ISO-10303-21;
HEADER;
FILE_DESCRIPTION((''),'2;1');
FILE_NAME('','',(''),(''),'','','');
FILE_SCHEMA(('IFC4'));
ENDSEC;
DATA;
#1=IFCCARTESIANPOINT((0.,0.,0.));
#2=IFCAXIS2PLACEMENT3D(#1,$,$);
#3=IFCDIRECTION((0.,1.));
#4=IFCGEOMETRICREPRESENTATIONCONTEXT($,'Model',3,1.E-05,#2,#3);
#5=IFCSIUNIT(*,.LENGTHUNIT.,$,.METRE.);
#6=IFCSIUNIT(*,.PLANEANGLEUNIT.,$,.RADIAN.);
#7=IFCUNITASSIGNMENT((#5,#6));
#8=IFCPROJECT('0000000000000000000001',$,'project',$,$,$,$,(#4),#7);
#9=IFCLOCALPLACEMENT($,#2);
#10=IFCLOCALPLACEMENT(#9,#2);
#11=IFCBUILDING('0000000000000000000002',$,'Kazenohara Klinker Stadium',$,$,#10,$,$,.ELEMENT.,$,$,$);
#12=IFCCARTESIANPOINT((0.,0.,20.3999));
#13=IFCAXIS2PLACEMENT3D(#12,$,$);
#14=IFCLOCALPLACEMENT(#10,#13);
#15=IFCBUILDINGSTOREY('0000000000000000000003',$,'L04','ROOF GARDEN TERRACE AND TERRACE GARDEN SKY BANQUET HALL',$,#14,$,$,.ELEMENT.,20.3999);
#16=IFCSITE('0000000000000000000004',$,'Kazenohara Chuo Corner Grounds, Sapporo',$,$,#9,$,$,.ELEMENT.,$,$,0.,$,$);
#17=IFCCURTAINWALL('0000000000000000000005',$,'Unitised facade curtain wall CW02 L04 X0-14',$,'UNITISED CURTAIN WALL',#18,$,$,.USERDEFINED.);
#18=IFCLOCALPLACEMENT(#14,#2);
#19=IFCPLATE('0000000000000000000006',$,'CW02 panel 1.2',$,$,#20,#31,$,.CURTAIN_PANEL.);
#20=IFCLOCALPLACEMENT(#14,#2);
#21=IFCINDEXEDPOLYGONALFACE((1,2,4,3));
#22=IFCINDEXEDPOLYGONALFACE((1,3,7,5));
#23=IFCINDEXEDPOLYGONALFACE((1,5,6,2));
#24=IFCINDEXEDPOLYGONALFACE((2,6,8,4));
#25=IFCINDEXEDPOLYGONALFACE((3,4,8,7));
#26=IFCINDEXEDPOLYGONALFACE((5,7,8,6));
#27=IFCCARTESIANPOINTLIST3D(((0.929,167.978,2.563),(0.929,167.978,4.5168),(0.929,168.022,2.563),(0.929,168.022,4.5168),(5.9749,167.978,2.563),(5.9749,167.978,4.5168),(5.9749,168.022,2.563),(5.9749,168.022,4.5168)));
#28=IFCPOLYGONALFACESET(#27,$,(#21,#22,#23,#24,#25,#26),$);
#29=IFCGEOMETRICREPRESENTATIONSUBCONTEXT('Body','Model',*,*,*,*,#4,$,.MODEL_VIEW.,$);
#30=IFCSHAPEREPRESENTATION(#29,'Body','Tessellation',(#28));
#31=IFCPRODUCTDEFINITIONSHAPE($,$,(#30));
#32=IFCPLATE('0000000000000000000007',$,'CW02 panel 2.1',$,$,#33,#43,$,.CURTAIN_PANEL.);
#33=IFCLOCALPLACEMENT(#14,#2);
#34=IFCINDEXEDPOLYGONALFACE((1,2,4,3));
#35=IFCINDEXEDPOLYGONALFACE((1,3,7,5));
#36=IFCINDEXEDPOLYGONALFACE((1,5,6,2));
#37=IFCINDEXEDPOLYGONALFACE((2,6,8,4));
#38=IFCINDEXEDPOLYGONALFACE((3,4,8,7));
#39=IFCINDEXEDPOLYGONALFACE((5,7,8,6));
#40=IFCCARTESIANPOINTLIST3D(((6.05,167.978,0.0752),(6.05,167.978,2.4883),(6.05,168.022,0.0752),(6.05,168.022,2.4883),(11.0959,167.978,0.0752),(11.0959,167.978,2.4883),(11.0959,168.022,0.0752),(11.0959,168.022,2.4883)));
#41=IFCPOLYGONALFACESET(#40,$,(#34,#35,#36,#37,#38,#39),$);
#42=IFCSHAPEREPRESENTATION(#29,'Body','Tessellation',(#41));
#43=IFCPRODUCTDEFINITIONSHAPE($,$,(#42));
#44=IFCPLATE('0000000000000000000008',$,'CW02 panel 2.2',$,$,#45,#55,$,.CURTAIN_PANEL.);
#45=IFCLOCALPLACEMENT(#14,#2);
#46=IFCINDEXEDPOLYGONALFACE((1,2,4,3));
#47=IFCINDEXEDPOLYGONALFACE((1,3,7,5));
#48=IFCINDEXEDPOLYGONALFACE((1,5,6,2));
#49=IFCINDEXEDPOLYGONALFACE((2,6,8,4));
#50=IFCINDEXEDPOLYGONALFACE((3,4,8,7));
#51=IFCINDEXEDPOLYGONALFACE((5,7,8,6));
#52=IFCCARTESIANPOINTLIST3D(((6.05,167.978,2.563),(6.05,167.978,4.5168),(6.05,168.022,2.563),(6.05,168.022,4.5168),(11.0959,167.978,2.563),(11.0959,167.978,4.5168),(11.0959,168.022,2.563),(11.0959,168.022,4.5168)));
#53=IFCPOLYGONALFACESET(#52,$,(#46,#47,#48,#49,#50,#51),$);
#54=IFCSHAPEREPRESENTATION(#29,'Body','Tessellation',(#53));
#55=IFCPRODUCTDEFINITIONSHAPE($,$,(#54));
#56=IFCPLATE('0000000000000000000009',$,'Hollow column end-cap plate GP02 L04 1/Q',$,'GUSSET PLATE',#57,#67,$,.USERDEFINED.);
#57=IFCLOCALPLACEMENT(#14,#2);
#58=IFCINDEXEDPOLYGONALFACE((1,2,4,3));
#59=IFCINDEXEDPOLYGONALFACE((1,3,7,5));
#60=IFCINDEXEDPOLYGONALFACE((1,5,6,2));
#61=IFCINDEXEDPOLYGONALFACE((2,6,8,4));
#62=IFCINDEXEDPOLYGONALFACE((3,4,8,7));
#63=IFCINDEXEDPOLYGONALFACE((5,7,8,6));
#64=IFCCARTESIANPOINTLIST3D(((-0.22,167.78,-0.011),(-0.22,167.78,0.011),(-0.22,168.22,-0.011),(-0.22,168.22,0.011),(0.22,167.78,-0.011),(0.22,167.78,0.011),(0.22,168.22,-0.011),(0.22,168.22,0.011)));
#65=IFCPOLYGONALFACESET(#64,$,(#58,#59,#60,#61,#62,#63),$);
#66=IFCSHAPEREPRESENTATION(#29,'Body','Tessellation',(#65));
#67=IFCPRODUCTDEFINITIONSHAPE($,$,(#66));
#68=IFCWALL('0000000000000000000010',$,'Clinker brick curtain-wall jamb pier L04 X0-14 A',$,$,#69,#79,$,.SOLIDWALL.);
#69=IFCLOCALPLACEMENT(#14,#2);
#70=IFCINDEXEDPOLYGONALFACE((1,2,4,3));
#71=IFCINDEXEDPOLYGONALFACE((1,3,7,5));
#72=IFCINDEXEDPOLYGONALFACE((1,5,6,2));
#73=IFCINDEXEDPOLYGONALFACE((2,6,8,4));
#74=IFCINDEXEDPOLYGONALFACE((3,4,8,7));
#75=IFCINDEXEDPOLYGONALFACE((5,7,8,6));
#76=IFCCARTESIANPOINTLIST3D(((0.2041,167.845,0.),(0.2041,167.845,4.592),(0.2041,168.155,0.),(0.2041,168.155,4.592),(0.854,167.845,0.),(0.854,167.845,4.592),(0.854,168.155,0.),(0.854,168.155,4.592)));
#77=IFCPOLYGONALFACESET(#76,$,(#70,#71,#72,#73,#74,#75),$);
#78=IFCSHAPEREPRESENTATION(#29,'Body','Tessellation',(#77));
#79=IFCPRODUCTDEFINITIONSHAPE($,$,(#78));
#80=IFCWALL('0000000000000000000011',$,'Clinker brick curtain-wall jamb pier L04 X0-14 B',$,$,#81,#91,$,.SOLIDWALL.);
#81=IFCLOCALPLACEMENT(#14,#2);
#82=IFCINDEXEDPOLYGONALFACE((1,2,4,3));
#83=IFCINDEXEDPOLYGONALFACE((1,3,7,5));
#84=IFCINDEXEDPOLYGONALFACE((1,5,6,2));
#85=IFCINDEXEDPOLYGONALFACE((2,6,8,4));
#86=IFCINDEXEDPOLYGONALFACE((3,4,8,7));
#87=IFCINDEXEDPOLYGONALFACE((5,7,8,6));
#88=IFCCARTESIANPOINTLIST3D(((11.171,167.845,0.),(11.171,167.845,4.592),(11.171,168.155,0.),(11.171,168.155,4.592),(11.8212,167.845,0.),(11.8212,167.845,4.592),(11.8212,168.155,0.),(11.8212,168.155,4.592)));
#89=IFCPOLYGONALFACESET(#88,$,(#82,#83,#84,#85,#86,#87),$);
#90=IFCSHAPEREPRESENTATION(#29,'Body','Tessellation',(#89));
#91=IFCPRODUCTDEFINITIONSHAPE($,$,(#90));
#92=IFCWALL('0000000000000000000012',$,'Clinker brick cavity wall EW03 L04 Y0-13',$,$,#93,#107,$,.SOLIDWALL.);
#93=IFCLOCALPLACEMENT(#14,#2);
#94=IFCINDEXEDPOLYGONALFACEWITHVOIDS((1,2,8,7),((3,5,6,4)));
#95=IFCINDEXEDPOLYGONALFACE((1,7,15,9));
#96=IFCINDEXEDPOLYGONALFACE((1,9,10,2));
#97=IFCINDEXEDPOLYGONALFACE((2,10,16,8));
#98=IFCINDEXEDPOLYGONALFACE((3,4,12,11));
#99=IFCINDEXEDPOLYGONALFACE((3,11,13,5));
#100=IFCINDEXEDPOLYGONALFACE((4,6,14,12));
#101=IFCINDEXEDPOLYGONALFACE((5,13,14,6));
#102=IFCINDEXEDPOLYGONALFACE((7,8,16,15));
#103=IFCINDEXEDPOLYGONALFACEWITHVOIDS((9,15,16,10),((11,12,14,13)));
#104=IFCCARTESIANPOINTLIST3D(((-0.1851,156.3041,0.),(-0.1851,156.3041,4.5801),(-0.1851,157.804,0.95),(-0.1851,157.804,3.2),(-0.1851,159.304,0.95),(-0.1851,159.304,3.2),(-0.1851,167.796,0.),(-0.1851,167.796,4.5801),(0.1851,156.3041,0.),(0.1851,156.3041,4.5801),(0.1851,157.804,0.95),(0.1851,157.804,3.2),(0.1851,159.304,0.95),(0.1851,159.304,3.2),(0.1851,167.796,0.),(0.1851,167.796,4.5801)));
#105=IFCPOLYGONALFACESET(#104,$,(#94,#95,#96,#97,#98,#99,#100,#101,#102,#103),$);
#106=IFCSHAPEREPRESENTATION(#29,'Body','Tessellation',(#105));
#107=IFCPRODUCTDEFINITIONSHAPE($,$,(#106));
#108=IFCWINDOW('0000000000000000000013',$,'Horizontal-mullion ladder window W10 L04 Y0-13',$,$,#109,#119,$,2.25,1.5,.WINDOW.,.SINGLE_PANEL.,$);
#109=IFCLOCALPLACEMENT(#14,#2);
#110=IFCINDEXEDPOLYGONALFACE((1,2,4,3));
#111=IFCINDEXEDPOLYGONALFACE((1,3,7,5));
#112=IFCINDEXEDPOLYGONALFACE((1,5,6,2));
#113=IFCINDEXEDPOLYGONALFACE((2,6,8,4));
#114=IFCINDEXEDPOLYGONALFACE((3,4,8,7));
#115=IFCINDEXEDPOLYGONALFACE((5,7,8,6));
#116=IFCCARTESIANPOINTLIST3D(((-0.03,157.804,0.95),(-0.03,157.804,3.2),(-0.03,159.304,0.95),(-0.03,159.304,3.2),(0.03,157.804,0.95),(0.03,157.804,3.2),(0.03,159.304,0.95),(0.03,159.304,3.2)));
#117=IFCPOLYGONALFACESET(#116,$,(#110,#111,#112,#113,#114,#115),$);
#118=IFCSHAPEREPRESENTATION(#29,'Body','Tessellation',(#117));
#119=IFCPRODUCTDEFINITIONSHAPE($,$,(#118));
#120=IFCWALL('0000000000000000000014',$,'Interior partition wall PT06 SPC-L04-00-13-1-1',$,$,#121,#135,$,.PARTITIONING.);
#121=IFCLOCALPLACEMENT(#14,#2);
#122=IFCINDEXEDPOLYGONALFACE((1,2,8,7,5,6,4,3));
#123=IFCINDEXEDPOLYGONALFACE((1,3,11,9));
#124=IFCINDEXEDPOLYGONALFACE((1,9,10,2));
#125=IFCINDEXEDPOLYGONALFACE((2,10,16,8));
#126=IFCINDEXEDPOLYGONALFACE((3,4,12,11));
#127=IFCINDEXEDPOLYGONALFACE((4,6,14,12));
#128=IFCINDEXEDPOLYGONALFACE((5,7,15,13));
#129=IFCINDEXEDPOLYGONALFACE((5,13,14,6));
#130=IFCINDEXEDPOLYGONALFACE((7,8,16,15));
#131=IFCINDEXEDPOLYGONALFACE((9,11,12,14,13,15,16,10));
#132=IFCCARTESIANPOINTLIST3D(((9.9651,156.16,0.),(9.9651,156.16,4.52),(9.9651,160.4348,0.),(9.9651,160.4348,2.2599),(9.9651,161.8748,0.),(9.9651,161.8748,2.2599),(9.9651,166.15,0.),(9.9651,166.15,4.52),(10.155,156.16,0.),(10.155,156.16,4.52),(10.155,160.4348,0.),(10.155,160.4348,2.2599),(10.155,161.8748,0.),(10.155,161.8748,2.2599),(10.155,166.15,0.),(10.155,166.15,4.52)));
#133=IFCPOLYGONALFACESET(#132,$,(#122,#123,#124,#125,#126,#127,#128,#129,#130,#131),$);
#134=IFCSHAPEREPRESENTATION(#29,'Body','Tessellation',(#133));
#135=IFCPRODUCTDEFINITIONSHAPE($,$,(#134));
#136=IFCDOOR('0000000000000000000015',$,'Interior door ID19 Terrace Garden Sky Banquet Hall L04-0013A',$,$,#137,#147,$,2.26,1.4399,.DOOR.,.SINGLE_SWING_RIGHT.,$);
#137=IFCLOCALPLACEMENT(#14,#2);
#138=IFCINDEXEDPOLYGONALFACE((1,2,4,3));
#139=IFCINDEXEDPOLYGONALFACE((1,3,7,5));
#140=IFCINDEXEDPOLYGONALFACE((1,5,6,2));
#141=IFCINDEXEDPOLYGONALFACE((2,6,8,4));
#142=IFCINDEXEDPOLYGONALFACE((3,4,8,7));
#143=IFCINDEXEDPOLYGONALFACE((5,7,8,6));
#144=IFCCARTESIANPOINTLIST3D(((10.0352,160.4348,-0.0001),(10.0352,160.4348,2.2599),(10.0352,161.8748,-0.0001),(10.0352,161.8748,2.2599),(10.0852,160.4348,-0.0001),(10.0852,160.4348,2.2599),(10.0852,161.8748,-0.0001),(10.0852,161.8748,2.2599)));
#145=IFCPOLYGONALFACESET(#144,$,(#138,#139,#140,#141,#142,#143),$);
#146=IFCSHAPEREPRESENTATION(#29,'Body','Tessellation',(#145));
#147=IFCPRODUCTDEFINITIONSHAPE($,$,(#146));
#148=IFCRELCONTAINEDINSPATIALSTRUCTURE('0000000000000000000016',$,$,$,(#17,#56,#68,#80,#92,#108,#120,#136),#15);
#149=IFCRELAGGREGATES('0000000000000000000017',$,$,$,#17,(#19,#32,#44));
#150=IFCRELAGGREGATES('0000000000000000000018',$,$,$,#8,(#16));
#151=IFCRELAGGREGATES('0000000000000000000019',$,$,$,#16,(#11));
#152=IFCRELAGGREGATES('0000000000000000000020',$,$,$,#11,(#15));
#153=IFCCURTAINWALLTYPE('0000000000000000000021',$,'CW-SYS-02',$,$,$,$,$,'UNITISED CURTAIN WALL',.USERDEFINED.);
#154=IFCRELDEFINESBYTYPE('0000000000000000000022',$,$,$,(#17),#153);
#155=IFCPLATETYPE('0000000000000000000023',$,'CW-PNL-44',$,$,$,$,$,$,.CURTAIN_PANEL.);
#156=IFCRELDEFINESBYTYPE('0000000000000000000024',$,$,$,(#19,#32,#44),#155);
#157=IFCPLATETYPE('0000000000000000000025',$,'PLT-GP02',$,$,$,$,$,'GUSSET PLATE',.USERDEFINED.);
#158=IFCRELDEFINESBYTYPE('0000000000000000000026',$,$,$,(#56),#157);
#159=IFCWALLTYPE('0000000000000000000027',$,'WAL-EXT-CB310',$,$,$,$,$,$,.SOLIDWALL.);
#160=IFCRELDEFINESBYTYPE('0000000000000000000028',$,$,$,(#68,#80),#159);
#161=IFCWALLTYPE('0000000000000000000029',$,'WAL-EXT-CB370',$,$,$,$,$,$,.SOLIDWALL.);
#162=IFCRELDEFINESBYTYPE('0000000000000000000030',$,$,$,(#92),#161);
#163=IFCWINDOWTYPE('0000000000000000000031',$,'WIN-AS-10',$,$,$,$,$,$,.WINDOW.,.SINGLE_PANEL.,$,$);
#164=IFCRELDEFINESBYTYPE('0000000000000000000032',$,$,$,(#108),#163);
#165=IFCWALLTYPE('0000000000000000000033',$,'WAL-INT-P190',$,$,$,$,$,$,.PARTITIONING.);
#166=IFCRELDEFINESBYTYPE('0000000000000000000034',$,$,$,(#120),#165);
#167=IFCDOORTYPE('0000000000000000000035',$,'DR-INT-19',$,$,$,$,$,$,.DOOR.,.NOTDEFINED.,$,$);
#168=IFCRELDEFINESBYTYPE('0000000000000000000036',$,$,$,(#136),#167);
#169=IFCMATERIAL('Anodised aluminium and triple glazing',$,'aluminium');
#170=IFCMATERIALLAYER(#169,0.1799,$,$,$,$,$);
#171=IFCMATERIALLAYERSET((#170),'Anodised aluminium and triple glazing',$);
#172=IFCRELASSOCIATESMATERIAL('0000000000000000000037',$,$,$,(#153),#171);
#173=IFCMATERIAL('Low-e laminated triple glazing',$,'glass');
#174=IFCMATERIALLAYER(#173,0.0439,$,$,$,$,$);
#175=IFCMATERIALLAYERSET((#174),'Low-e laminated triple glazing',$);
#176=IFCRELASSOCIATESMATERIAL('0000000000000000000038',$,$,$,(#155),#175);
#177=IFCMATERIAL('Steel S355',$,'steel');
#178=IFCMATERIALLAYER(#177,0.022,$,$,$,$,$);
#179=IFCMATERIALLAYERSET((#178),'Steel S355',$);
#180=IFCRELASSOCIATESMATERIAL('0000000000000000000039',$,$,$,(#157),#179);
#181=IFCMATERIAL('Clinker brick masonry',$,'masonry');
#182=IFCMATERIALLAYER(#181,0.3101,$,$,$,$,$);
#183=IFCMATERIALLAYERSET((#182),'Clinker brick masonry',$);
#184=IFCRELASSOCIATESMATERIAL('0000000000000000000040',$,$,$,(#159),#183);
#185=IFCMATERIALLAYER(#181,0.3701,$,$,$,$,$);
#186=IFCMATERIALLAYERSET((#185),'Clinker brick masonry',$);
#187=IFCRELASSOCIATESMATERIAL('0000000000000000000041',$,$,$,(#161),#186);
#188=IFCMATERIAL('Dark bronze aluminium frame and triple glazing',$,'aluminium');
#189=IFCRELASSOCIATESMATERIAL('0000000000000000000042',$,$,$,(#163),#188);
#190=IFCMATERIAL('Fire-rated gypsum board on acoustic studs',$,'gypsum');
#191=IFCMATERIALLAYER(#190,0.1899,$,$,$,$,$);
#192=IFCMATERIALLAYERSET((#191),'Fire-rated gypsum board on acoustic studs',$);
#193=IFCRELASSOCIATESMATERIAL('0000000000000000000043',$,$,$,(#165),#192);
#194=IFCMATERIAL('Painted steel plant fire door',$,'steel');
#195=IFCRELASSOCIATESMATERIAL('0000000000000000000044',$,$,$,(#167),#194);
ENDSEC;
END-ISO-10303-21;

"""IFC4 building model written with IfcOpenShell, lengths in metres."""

from ifc_helpers import new_model, si_unit, direction, frame, frame_2d, origin, origin_2d, place, context, subcontext, project, spatial, rectangle, extrude, material, layer, layer_set, type_object, element, fill, aggregate, save


model = new_model("IFC4")

# Units and contexts
model_context = context("Model", 3, precision=1e-05, world=origin(), true_north=direction((0.0, 1.0)))
body_context = subcontext(model_context, "Body", "Model", "MODEL_VIEW")
ifc_project = project(units=[si_unit("LENGTHUNIT", "METRE"), si_unit("PLANEANGLEUNIT", "RADIAN")], contexts=[model_context])

# Site, building, storey
site_placement = place(None, origin())
site = spatial("IfcSite", under=ifc_project, at=site_placement, Name="Kazenohara Chuo Corner Grounds, Sapporo", CompositionType="ELEMENT", RefElevation=0.0)
building_placement = place(site_placement, origin())
building = spatial("IfcBuilding", under=site, at=building_placement, Name="Kazenohara Klinker Stadium", CompositionType="ELEMENT")
storey_placement = place(building_placement, frame((0.0, 0.0, 20.3999)))
storey = spatial("IfcBuildingStorey", under=building, at=storey_placement, Name="L04", Description="ROOF GARDEN TERRACE AND TERRACE GARDEN SKY BANQUET HALL", CompositionType="ELEMENT", Elevation=20.3999)

# Shared definitions
ifc_material_1 = material(Name="Steel S355", Category="steel")

# Curtain wall, plates
ifc_material_2 = material(Name="Anodised aluminium and triple glazing", Category="aluminium")
ifc_layer_1 = layer(ifc_material_2, 0.1799)
ifc_layer_set_1 = layer_set([ifc_layer_1], Name="Anodised aluminium and triple glazing")
curtain_wall_type = type_object("IfcCurtainWallType", Name="CW-SYS-02", ElementType="UNITISED CURTAIN WALL", PredefinedType="USERDEFINED", material=ifc_layer_set_1)
curtain_wall_placement = place(storey_placement, origin())
curtain_wall = element("IfcCurtainWall", 1, at=curtain_wall_placement, inside=storey, type_object=curtain_wall_type, Name="Unitised facade curtain wall CW02 L04 X0-14", ObjectType="UNITISED CURTAIN WALL", PredefinedType="USERDEFINED")
ifc_material_3 = material(Name="Low-e laminated triple glazing", Category="glass")
ifc_layer_2 = layer(ifc_material_3, 0.0439)
ifc_layer_set_2 = layer_set([ifc_layer_2], Name="Low-e laminated triple glazing")
plate_type_1 = type_object("IfcPlateType", Name="CW-PNL-44", PredefinedType="CURTAIN_PANEL", material=ifc_layer_set_2)
plate_1_placement = place(storey_placement, frame((3.4519, 168.0, 2.563), z_axis=(0.0, 0.0, 1.0), x_axis=(1.0, 0.0, 0.0)))
plate_1 = element("IfcPlate", 2, at=plate_1_placement, type_object=plate_type_1, Name="CW02 panel 1.2", PredefinedType="CURTAIN_PANEL", context=body_context, shape_type="SweptSolid", body=[
    extrude(rectangle(XDim=5.0459, YDim=0.0439, at=origin_2d()), origin(), (0.0, 0.0, 1.0), 1.9539),
])
plate_2_placement = place(storey_placement, frame((8.573, 168.0, 0.0752), z_axis=(0.0, 0.0, 1.0), x_axis=(1.0, 0.0, 0.0)))
plate_2 = element("IfcPlate", 3, at=plate_2_placement, type_object=plate_type_1, Name="CW02 panel 2.1", PredefinedType="CURTAIN_PANEL", context=body_context, shape_type="SweptSolid", body=[
    extrude(rectangle(XDim=5.0459, YDim=0.0439, at=origin_2d()), origin(), (0.0, 0.0, 1.0), 2.4131),
])
plate_3_placement = place(storey_placement, frame((8.573, 168.0, 2.563), z_axis=(0.0, 0.0, 1.0), x_axis=(1.0, 0.0, 0.0)))
plate_3 = element("IfcPlate", 4, at=plate_3_placement, type_object=plate_type_1, Name="CW02 panel 2.2", PredefinedType="CURTAIN_PANEL", context=body_context, shape_type="SweptSolid", body=[
    extrude(rectangle(XDim=5.0459, YDim=0.0439, at=origin_2d()), origin(), (0.0, 0.0, 1.0), 1.9539),
])
aggregate(curtain_wall, [plate_1, plate_2, plate_3])

# Plate
ifc_layer_3 = layer(ifc_material_1, 0.022)
ifc_layer_set_3 = layer_set([ifc_layer_3], Name="Steel S355")
plate_type_2 = type_object("IfcPlateType", Name="PLT-GP02", ElementType="GUSSET PLATE", PredefinedType="USERDEFINED", material=ifc_layer_set_3)
plate_4_placement = place(storey_placement, frame((0.0, 168.0, -0.011), z_axis=(0.0, 0.0, 1.0), x_axis=(1.0, 0.0, 0.0)))
element("IfcPlate", 5, at=plate_4_placement, inside=storey, type_object=plate_type_2, Name="Hollow column end-cap plate GP02 L04 1/Q", ObjectType="GUSSET PLATE", PredefinedType="USERDEFINED", context=body_context, shape_type="SweptSolid", body=[
    extrude(rectangle(XDim=0.4399, YDim=0.4399, at=origin_2d()), origin(), (0.0, 0.0, 1.0), 0.022),
])

# Walls
ifc_material_4 = material(Name="Clinker brick masonry", Category="masonry")
ifc_layer_4 = layer(ifc_material_4, 0.3101)
ifc_layer_set_4 = layer_set([ifc_layer_4], Name="Clinker brick masonry")
wall_type_1 = type_object("IfcWallType", Name="WAL-EXT-CB310", PredefinedType="SOLIDWALL", material=ifc_layer_set_4)
wall_1_placement = place(storey_placement, frame((0.2041, 168.0, 0.0), z_axis=(0.0, 0.0, 1.0), x_axis=(1.0, 0.0, 0.0)))
element("IfcWall", 6, at=wall_1_placement, inside=storey, type_object=wall_type_1, Name="Clinker brick curtain-wall jamb pier L04 X0-14 A", PredefinedType="SOLIDWALL", context=body_context, shape_type="SweptSolid", body=[
    extrude(rectangle(XDim=0.6499, YDim=0.3101, at=frame_2d((0.325, 0.0))), origin(), (0.0, 0.0, 1.0), 4.592),
])
wall_2_placement = place(storey_placement, frame((11.1709, 168.0, 0.0), z_axis=(0.0, 0.0, 1.0), x_axis=(1.0, 0.0, 0.0)))
element("IfcWall", 7, at=wall_2_placement, inside=storey, type_object=wall_type_1, Name="Clinker brick curtain-wall jamb pier L04 X0-14 B", PredefinedType="SOLIDWALL", context=body_context, shape_type="SweptSolid", body=[
    extrude(rectangle(XDim=0.6501, YDim=0.3101, at=frame_2d((0.3252, 0.0))), origin(), (0.0, 0.0, 1.0), 4.592),
])

# Wall, opening, window
ifc_layer_5 = layer(ifc_material_4, 0.3701)
ifc_layer_set_5 = layer_set([ifc_layer_5], Name="Clinker brick masonry")
wall_type_2 = type_object("IfcWallType", Name="WAL-EXT-CB370", PredefinedType="SOLIDWALL", material=ifc_layer_set_5)
wall_3_placement = place(storey_placement, frame((0.0, 156.304, 0.0), z_axis=(0.0, 0.0, 1.0), x_axis=(0.0, 1.0, 0.0)))
wall_3 = element("IfcWall", 8, at=wall_3_placement, inside=storey, type_object=wall_type_2, Name="Clinker brick cavity wall EW03 L04 Y0-13", PredefinedType="SOLIDWALL", context=body_context, shape_type="SweptSolid", body=[
    extrude(rectangle(XDim=11.4919, YDim=0.3701, at=frame_2d((5.7461, 0.0))), origin(), (0.0, 0.0, 1.0), 4.5801),
])
opening_1_placement = place(wall_3_placement, frame((1.5, 0.0, 0.95)))
opening_1 = element("IfcOpeningElement", 9, at=opening_1_placement, cuts=wall_3, PredefinedType="OPENING", context=body_context, shape_type="SweptSolid", body=[
    extrude(rectangle(XDim=1.5, YDim=2.25, at=frame_2d((0.75, 1.125))), frame((0.0, 0.1951, 0.0), z_axis=(0.0, -1.0, 0.0), x_axis=(1.0, 0.0, 0.0)), (0.0, 0.0, 1.0), 0.3901),
])
ifc_material_5 = material(Name="Dark bronze aluminium frame and triple glazing", Category="aluminium")
window_type = type_object("IfcWindowType", Name="WIN-AS-10", PartitioningType="SINGLE_PANEL", PredefinedType="WINDOW", material=ifc_material_5)
window_placement = place(opening_1_placement, origin())
window = element("IfcWindow", 10, at=window_placement, inside=storey, type_object=window_type, Name="Horizontal-mullion ladder window W10 L04 Y0-13", OverallHeight=2.25, OverallWidth=1.5, PartitioningType="SINGLE_PANEL", PredefinedType="WINDOW", context=body_context, shape_type="SweptSolid", body=[
    extrude(rectangle(XDim=1.5, YDim=2.25, at=frame_2d((0.75, 1.125))), frame((0.0, 0.03, 0.0), z_axis=(0.0, -1.0, 0.0), x_axis=(1.0, 0.0, 0.0)), (0.0, 0.0, 1.0), 0.0601),
])
fill(opening_1, window)

# Wall, opening, door
ifc_material_6 = material(Name="Fire-rated gypsum board on acoustic studs", Category="gypsum")
ifc_layer_6 = layer(ifc_material_6, 0.1899)
ifc_layer_set_6 = layer_set([ifc_layer_6], Name="Fire-rated gypsum board on acoustic studs")
wall_type_3 = type_object("IfcWallType", Name="WAL-INT-P190", PredefinedType="PARTITIONING", material=ifc_layer_set_6)
wall_4_placement = place(storey_placement, frame((10.0601, 156.1599, 0.0), z_axis=(0.0, 0.0, 1.0), x_axis=(0.0, 1.0, 0.0)))
wall_4 = element("IfcWall", 11, at=wall_4_placement, inside=storey, type_object=wall_type_3, Name="Interior partition wall PT06 SPC-L04-00-13-1-1", PredefinedType="PARTITIONING", context=body_context, shape_type="SweptSolid", body=[
    extrude(rectangle(XDim=9.99, YDim=0.1899, at=frame_2d((4.9951, 0.0))), origin(), (0.0, 0.0, 1.0), 4.52),
])
opening_2_placement = place(wall_4_placement, frame((4.2749, 0.0, 0.0)))
opening_2 = element("IfcOpeningElement", 12, at=opening_2_placement, cuts=wall_4, PredefinedType="OPENING", context=body_context, shape_type="SweptSolid", body=[
    extrude(rectangle(XDim=1.4399, YDim=2.26, at=frame_2d((0.72, 1.1299))), frame((0.0, 0.105, 0.0), z_axis=(0.0, -1.0, 0.0), x_axis=(1.0, 0.0, 0.0)), (0.0, 0.0, 1.0), 0.21),
])
ifc_material_7 = material(Name="Painted steel plant fire door", Category="steel")
door_type = type_object("IfcDoorType", Name="DR-INT-19", OperationType="NOTDEFINED", PredefinedType="DOOR", material=ifc_material_7)
door_placement = place(opening_2_placement, origin())
door = element("IfcDoor", 13, at=door_placement, inside=storey, type_object=door_type, Name="Interior door ID19 Terrace Garden Sky Banquet Hall L04-0013A", OperationType="SINGLE_SWING_RIGHT", OverallHeight=2.26, OverallWidth=1.4399, PredefinedType="DOOR", context=body_context, shape_type="SweptSolid", body=[
    extrude(rectangle(XDim=1.4399, YDim=2.26, at=frame_2d((0.72, 1.1299))), frame((0.0, 0.0249, 0.0), z_axis=(0.0, -1.0, 0.0), x_axis=(1.0, 0.0, 0.0)), (0.0, 0.0, 1.0), 0.05),
])
fill(opening_2, door)

save(model, "model.ifc")
